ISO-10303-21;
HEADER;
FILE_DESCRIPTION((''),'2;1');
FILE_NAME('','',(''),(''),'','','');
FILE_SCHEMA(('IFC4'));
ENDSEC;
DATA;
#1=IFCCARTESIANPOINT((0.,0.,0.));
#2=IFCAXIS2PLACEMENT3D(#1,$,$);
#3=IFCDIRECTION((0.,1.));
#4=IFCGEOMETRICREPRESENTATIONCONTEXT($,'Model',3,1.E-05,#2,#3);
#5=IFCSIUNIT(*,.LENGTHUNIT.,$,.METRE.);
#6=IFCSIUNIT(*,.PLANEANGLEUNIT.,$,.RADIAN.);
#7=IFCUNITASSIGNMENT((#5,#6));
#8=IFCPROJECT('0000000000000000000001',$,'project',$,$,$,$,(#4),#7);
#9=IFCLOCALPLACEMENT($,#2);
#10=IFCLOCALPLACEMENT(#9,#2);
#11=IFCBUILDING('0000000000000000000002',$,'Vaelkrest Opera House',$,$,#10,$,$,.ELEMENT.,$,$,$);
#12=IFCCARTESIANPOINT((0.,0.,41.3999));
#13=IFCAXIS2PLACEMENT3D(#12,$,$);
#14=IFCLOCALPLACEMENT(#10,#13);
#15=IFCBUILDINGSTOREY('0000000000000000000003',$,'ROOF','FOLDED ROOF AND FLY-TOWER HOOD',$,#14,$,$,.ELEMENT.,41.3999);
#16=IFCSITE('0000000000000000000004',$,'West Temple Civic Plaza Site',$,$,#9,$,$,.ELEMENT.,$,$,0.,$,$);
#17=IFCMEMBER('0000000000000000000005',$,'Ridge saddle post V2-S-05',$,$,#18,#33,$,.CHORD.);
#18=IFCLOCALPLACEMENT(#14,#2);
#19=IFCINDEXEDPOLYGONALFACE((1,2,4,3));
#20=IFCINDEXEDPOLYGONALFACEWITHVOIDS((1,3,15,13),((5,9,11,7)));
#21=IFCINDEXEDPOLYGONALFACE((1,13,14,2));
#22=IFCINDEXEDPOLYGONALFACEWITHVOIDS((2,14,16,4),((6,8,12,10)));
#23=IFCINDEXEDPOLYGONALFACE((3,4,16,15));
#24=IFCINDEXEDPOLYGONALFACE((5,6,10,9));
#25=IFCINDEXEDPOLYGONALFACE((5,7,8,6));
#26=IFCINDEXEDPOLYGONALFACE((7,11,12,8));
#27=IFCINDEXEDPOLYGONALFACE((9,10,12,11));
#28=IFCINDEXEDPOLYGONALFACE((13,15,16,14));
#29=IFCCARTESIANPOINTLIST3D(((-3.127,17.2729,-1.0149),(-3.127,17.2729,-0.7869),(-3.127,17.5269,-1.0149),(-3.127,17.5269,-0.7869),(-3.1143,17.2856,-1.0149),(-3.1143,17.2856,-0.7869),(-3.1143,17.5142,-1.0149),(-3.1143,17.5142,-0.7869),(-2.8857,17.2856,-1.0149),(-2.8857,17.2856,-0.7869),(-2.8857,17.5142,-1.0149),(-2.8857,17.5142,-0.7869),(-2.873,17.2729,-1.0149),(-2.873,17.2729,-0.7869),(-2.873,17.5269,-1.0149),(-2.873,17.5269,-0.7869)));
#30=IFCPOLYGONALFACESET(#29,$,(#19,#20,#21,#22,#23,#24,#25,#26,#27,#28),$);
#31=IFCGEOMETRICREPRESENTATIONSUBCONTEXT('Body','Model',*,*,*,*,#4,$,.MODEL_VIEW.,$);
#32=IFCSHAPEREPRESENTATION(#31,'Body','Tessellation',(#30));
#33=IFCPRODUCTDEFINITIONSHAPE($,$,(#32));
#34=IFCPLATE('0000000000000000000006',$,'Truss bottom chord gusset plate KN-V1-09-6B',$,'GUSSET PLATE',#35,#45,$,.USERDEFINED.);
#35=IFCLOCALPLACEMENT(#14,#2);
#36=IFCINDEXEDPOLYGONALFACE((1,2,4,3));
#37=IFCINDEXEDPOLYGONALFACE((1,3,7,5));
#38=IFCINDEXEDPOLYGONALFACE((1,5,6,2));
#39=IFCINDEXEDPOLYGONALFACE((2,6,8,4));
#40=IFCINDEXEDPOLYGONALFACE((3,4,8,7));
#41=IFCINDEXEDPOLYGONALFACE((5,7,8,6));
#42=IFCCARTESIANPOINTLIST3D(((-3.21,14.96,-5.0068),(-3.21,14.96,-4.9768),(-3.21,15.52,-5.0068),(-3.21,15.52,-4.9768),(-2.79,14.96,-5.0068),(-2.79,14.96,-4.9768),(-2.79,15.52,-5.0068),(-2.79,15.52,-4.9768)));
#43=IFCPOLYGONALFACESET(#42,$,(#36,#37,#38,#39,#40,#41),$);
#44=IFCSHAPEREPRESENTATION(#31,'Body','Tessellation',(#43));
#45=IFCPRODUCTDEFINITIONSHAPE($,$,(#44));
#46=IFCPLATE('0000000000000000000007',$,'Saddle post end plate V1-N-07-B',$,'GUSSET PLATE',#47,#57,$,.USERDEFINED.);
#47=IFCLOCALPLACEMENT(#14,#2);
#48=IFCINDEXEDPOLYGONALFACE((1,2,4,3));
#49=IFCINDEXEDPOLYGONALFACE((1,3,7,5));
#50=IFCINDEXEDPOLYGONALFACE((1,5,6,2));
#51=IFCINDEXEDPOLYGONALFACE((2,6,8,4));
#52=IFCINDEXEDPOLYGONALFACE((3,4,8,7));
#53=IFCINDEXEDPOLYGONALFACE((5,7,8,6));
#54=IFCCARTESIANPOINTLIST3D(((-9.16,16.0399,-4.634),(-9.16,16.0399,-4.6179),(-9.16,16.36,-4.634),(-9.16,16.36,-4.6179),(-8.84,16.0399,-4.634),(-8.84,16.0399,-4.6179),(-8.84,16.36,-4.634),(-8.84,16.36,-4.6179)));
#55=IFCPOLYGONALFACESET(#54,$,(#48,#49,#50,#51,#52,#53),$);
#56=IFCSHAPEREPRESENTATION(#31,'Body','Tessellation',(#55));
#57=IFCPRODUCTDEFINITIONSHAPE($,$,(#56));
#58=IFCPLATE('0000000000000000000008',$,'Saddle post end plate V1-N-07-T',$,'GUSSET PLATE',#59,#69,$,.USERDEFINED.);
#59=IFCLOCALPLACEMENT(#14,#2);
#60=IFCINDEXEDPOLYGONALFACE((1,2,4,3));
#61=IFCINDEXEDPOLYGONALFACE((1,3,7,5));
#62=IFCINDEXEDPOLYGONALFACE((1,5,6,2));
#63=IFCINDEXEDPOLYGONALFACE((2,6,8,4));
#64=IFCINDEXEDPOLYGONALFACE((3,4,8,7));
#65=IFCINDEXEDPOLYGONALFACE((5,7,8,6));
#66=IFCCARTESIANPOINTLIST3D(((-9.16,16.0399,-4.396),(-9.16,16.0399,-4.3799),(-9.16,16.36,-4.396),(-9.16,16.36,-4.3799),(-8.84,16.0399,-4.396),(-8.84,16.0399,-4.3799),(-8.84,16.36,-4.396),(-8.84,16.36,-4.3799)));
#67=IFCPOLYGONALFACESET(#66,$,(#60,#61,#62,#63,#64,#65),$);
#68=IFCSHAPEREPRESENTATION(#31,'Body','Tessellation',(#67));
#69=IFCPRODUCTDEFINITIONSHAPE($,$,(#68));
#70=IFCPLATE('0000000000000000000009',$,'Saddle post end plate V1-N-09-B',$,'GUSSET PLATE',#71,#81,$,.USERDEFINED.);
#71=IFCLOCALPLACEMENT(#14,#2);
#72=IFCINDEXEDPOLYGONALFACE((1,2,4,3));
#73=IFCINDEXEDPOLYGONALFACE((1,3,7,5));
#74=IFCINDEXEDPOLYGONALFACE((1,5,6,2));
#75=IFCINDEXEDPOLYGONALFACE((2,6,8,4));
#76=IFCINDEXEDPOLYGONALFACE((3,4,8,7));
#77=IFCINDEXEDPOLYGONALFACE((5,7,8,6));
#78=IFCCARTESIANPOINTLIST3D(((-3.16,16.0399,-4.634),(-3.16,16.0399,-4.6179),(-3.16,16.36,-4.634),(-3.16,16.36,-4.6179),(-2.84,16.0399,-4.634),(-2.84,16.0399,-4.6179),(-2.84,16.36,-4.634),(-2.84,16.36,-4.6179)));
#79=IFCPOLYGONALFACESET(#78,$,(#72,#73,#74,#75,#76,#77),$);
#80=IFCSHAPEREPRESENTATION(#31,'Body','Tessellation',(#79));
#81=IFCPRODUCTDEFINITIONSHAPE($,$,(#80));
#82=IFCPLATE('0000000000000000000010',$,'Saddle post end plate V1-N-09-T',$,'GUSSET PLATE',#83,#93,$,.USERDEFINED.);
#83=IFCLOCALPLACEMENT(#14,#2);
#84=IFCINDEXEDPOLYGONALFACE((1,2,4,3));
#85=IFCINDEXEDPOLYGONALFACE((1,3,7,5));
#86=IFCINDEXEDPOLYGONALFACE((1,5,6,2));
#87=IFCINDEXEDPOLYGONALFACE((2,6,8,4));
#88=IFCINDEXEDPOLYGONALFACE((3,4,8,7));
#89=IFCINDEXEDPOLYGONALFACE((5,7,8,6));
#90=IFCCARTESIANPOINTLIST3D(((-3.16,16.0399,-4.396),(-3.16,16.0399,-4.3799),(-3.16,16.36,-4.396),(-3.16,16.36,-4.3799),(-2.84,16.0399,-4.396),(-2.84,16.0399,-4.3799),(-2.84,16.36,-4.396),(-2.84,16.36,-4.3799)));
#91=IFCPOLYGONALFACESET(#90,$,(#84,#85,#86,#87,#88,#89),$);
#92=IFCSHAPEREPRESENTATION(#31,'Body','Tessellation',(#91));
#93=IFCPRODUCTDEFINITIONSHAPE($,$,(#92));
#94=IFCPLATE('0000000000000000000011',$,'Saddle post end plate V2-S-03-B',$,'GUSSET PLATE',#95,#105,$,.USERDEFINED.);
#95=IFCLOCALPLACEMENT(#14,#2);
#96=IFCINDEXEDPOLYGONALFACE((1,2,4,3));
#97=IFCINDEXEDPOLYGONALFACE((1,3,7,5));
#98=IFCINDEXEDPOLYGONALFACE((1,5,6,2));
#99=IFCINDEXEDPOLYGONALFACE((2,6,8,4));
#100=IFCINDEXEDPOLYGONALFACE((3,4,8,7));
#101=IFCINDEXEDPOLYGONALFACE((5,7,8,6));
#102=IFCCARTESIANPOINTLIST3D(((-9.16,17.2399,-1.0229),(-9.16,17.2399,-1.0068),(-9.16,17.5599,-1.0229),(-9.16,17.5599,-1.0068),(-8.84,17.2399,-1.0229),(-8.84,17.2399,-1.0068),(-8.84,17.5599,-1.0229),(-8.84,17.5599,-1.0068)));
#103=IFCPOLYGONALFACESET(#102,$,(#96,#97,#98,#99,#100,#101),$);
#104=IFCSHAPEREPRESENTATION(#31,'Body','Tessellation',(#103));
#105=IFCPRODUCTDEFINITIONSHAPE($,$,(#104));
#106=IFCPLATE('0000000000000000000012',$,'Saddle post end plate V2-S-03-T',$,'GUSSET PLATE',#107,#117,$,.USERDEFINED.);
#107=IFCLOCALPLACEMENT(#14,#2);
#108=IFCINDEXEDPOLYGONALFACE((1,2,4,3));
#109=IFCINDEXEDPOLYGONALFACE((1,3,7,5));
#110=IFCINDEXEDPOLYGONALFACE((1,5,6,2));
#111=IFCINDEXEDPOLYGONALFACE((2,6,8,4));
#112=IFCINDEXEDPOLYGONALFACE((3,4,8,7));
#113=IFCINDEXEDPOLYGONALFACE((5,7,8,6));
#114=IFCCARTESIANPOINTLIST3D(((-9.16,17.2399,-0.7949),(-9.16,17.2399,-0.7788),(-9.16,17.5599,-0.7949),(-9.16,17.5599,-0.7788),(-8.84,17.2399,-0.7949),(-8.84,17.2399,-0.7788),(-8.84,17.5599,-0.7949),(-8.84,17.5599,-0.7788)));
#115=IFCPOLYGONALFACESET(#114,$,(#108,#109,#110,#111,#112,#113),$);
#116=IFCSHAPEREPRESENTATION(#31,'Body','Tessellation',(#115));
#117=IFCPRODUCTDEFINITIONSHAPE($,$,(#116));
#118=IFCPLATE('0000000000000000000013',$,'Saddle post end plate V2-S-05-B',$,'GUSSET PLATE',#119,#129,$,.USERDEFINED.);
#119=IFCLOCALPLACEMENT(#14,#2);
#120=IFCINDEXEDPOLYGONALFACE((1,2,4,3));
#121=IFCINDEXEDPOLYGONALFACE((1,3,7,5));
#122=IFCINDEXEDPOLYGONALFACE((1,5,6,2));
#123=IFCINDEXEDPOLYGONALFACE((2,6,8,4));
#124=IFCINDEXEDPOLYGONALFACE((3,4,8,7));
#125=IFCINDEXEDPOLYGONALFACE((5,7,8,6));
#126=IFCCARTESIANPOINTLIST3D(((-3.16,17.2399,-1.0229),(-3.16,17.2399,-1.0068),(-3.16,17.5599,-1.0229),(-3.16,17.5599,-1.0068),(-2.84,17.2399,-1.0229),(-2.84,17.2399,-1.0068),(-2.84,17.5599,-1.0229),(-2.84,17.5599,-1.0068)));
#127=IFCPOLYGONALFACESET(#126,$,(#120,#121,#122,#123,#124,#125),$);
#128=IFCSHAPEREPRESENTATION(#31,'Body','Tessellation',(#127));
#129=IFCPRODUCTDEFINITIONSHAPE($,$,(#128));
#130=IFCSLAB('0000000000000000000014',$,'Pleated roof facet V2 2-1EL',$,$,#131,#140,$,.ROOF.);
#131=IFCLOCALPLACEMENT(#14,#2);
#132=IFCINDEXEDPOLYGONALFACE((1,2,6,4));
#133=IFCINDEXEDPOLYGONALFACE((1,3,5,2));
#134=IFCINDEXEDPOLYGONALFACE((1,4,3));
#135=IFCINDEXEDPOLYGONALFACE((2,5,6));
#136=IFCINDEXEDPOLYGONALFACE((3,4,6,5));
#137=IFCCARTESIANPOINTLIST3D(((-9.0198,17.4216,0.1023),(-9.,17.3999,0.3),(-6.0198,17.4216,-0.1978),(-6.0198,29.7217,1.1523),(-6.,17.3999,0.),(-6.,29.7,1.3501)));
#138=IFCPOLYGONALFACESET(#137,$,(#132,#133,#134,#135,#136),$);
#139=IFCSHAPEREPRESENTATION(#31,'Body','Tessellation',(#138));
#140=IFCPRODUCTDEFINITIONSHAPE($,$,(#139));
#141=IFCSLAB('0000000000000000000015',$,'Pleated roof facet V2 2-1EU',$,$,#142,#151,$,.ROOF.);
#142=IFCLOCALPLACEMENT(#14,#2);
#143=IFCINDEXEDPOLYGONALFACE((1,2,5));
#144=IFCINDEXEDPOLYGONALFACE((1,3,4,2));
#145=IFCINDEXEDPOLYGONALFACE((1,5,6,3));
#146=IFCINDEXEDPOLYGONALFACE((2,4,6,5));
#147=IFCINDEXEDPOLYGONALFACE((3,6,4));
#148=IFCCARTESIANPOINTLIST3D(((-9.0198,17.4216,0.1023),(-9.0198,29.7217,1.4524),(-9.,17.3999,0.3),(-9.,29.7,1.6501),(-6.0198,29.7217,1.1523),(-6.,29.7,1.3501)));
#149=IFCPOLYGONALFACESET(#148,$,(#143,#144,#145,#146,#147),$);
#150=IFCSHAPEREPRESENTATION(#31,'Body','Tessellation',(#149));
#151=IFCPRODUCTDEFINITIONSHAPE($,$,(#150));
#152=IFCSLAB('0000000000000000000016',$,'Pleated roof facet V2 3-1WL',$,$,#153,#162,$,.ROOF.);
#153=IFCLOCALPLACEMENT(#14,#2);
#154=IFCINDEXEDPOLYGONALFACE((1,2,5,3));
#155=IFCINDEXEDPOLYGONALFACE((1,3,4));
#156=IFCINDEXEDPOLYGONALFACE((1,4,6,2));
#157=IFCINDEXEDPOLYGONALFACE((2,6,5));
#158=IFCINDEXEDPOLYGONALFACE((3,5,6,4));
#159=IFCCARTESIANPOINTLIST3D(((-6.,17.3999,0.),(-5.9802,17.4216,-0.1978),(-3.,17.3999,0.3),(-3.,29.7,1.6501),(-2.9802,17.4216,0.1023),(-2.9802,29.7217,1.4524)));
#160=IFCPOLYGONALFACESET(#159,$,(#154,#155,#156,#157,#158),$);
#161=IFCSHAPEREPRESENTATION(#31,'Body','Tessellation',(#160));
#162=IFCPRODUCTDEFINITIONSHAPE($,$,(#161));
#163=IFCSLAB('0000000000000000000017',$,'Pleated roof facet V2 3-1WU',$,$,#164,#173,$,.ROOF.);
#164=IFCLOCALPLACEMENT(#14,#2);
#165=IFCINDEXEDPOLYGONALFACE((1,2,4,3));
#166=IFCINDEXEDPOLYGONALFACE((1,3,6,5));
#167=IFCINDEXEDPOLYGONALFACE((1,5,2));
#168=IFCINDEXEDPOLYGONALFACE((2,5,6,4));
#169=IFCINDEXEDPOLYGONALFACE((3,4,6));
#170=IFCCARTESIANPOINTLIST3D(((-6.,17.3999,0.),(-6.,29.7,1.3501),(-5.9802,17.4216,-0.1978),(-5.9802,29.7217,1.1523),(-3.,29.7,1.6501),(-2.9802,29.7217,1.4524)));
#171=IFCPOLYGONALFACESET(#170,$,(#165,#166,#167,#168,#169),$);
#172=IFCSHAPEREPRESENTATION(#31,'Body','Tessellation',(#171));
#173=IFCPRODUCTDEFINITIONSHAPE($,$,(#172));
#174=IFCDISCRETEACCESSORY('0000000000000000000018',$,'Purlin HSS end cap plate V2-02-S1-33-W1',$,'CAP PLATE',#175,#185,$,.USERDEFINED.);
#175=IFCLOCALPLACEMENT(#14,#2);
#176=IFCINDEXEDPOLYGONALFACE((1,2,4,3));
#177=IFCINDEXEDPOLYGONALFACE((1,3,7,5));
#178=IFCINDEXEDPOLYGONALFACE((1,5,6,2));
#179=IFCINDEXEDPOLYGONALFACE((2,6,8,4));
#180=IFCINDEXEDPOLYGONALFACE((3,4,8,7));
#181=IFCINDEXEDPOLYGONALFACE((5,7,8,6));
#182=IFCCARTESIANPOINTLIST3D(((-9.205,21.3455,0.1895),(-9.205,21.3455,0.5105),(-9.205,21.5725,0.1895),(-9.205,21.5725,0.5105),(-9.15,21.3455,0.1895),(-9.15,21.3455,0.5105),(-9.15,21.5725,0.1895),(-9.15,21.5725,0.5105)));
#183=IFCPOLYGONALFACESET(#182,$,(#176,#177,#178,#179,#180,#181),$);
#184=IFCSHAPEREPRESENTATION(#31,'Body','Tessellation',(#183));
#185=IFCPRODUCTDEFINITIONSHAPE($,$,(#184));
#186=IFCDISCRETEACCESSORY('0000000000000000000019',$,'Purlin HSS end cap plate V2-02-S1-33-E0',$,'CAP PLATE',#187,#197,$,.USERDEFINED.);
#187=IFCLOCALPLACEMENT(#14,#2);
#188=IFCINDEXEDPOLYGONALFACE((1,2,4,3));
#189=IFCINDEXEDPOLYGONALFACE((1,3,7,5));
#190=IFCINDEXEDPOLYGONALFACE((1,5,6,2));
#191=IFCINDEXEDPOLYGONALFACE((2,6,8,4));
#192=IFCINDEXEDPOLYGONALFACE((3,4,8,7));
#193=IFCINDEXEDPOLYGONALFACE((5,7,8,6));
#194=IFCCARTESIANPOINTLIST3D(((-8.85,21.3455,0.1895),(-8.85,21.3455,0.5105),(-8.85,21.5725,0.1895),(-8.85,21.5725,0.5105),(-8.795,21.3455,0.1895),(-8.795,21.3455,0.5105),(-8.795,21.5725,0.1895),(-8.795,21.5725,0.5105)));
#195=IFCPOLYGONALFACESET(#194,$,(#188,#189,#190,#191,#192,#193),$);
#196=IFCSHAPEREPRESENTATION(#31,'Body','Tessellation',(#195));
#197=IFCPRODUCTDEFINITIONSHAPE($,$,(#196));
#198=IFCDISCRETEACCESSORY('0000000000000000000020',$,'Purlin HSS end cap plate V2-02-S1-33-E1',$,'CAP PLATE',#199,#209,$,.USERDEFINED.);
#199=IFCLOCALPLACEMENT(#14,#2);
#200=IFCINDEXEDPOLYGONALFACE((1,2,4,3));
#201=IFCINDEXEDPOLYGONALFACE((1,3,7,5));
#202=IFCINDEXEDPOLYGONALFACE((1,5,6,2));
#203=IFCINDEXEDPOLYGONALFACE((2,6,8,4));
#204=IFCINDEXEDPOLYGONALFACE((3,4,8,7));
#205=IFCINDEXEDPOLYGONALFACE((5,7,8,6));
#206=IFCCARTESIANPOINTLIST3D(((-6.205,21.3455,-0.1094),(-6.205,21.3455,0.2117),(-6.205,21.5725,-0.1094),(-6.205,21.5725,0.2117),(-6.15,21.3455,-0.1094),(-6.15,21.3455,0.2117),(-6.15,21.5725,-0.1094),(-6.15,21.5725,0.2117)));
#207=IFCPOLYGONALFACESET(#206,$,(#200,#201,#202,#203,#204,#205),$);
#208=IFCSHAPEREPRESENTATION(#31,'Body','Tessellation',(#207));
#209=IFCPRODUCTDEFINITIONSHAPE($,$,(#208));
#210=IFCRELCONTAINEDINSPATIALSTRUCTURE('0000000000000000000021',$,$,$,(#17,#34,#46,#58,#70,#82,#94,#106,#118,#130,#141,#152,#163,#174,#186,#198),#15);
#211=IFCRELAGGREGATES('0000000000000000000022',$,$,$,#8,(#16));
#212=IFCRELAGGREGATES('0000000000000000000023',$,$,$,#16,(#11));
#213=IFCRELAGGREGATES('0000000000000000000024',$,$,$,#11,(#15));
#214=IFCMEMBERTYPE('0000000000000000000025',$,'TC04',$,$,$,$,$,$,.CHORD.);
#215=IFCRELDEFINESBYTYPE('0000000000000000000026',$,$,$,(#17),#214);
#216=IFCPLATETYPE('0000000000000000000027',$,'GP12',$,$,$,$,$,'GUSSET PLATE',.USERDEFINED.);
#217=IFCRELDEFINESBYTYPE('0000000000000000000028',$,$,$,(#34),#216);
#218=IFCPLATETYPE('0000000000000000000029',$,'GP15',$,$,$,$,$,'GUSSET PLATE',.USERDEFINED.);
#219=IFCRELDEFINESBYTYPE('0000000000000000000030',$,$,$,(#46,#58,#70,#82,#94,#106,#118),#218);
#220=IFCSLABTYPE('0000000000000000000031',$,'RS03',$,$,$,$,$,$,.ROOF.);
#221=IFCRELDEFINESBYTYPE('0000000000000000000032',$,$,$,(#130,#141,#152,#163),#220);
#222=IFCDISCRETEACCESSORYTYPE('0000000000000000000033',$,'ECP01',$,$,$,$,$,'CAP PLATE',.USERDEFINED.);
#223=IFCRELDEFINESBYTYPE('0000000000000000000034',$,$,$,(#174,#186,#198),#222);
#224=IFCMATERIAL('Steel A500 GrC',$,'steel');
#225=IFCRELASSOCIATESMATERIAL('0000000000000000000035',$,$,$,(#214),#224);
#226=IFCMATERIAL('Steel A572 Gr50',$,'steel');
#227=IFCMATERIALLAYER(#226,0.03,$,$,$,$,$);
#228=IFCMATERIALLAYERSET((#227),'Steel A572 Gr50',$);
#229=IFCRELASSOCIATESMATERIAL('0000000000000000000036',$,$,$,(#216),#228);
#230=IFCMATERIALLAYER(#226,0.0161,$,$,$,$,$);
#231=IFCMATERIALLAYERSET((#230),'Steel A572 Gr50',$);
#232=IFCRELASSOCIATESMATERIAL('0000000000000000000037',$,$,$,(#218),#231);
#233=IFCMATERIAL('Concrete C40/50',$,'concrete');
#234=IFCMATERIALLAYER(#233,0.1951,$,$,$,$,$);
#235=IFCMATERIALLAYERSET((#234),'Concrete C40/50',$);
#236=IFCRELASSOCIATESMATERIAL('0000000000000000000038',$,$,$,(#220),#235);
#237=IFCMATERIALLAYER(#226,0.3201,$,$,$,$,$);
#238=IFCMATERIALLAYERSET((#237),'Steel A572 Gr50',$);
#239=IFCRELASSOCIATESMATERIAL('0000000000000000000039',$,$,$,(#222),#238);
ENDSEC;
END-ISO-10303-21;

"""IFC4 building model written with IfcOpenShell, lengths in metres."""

from ifc_helpers import new_model, si_unit, direction, frame, origin, origin_2d, place, context, subcontext, project, spatial, polyline, rectangle, hollow_rectangle, outline, extrude, material, layer, layer_set, material_profile, profile_set, type_object, element, save


model = new_model("IFC4")

# Units and contexts
model_context = context("Model", 3, precision=1e-05, world=origin(), true_north=direction((0.0, 1.0)))
body_context = subcontext(model_context, "Body", "Model", "MODEL_VIEW")
ifc_project = project(units=[si_unit("LENGTHUNIT", "METRE"), si_unit("PLANEANGLEUNIT", "RADIAN")], contexts=[model_context])

# Site, building, storey
site_placement = place(None, origin())
site = spatial("IfcSite", under=ifc_project, at=site_placement, Name="West Temple Civic Plaza Site", CompositionType="ELEMENT", RefElevation=0.0)
building_placement = place(site_placement, origin())
building = spatial("IfcBuilding", under=site, at=building_placement, Name="Vaelkrest Opera House", CompositionType="ELEMENT")
storey_placement = place(building_placement, frame((0.0, 0.0, 41.3999)))
storey = spatial("IfcBuildingStorey", under=building, at=storey_placement, Name="ROOF", Description="FOLDED ROOF AND FLY-TOWER HOOD", CompositionType="ELEMENT", Elevation=41.3999)

# Member
ifc_material_1 = material(Name="Steel A500 GrC", Category="steel")
ifc_material_profile_1 = material_profile(ifc_material_1, hollow_rectangle(XDim=0.2539, YDim=0.2539, WallThickness=0.0127, at=origin_2d()), Name="HSS254X254X12.7")
ifc_profile_set_1 = profile_set([ifc_material_profile_1], Name="Steel A500 GrC")
member_type_1 = type_object("IfcMemberType", Name="TC04", PredefinedType="CHORD", material=ifc_profile_set_1)
member_1_placement = place(storey_placement, frame((-3.0, 17.3999, -1.0149), z_axis=(0.0, 0.0, 1.0), x_axis=(1.0, 0.0, 0.0)))
element("IfcMember", 1, at=member_1_placement, inside=storey, type_object=member_type_1, Name="Ridge saddle post V2-S-05", PredefinedType="CHORD", context=body_context, shape_type="SweptSolid", body=[
    extrude(hollow_rectangle(XDim=0.2539, YDim=0.2539, WallThickness=0.0127, at=origin_2d()), origin(), (0.0, 0.0, 1.0), 0.228),
])

# Plates
ifc_material_2 = material(Name="Steel A572 Gr50", Category="steel")
ifc_layer_1 = layer(ifc_material_2, 0.03)
ifc_layer_set_1 = layer_set([ifc_layer_1], Name="Steel A572 Gr50")
plate_type_1 = type_object("IfcPlateType", Name="GP12", ElementType="GUSSET PLATE", PredefinedType="USERDEFINED", material=ifc_layer_set_1)
plate_placement = place(storey_placement, frame((-3.0, 15.24, -5.0068), z_axis=(0.0, 0.0, 1.0), x_axis=(0.0, 1.0, 0.0)))
element("IfcPlate", 2, at=plate_placement, inside=storey, type_object=plate_type_1, Name="Truss bottom chord gusset plate KN-V1-09-6B", ObjectType="GUSSET PLATE", PredefinedType="USERDEFINED", context=body_context, shape_type="SweptSolid", body=[
    extrude(rectangle(XDim=0.5601, YDim=0.4199, at=origin_2d()), origin(), (0.0, 0.0, 1.0), 0.03),
])
ifc_layer_2 = layer(ifc_material_2, 0.0161)
ifc_layer_set_2 = layer_set([ifc_layer_2], Name="Steel A572 Gr50")
plate_type_2 = type_object("IfcPlateType", Name="GP15", ElementType="GUSSET PLATE", PredefinedType="USERDEFINED", material=ifc_layer_set_2)
for number, where, z_axis, x_axis, name in (
    (3, (-9.0, 16.2, -4.634), (0.0, 0.0, 1.0), (1.0, 0.0, 0.0), "Saddle post end plate V1-N-07-B"),
    (4, (-9.0, 16.2, -4.396), (0.0, 0.0, 1.0), (1.0, 0.0, 0.0), "Saddle post end plate V1-N-07-T"),
    (5, (-3.0, 16.2, -4.634), (0.0, 0.0, 1.0), (1.0, 0.0, 0.0), "Saddle post end plate V1-N-09-B"),
    (6, (-3.0, 16.2, -4.396), (0.0, 0.0, 1.0), (1.0, 0.0, 0.0), "Saddle post end plate V1-N-09-T"),
    (7, (-9.0, 17.3999, -1.0229), (0.0, 0.0, 1.0), (1.0, 0.0, 0.0), "Saddle post end plate V2-S-03-B"),
    (8, (-9.0, 17.3999, -0.7949), (0.0, 0.0, 1.0), (1.0, 0.0, 0.0), "Saddle post end plate V2-S-03-T"),
    (9, (-3.0, 17.3999, -1.0229), (0.0, 0.0, 1.0), (1.0, 0.0, 0.0), "Saddle post end plate V2-S-05-B"),
):
    element("IfcPlate", number, at=place(storey_placement, frame(where, z_axis=z_axis, x_axis=x_axis)), inside=storey, type_object=plate_type_2, Name=name, ObjectType="GUSSET PLATE", PredefinedType="USERDEFINED", context=body_context, shape_type="SweptSolid", body=[
        extrude(rectangle(XDim=0.3201, YDim=0.3201, at=origin_2d()), origin(), (0.0, 0.0, 1.0), 0.0161),
    ])

# Slabs
ifc_material_3 = material(Name="Concrete C40/50", Category="concrete")
ifc_layer_3 = layer(ifc_material_3, 0.1951)
ifc_layer_set_3 = layer_set([ifc_layer_3], Name="Concrete C40/50")
slab_type = type_object("IfcSlabType", Name="RS03", PredefinedType="ROOF", material=ifc_layer_set_3)
slab_1_placement = place(storey_placement, frame((-9.0, 17.3999, 0.3), z_axis=(0.098931, -0.108573, 0.989153), x_axis=(0.995036, 0.0, -0.09952)))
element("IfcSlab", 10, at=slab_1_placement, inside=storey, type_object=slab_type, Name="Pleated roof facet V2 2-1EL", PredefinedType="ROOF", context=body_context, shape_type="SweptSolid", body=[
    extrude(outline(polyline([(0.0, 0.0), (3.015, 0.0), (2.8806, 12.3732), (0.0, 0.0)])), origin(), (0.0, 0.0, -1.0), 0.2),
])
slab_2_placement = place(storey_placement, frame((-9.0, 17.3999, 0.3), z_axis=(0.098931, -0.108573, 0.989153), x_axis=(0.236144, 0.968196, 0.082654)))
element("IfcSlab", 11, at=slab_2_placement, inside=storey, type_object=slab_type, Name="Pleated roof facet V2 2-1EU", PredefinedType="ROOF", context=body_context, shape_type="SweptSolid", body=[
    extrude(outline(polyline([(0.0, 0.0), (12.7041, 0.0), (12.0205, 2.9364), (0.0, 0.0)])), origin(), (0.0, 0.0, -1.0), 0.2),
])
slab_3_placement = place(storey_placement, frame((-6.0, 17.3999, 0.0), z_axis=(-0.098931, -0.108573, 0.989153), x_axis=(0.995036, 0.0, 0.09952)))
element("IfcSlab", 12, at=slab_3_placement, inside=storey, type_object=slab_type, Name="Pleated roof facet V2 3-1WL", PredefinedType="ROOF", context=body_context, shape_type="SweptSolid", body=[
    extrude(outline(polyline([(0.0, 0.0), (3.015, 0.0), (3.1493, 12.3732), (0.0, 0.0)])), origin(), (0.0, 0.0, -1.0), 0.2),
])
slab_4_placement = place(storey_placement, frame((-6.0, 17.3999, 0.0), z_axis=(-0.098931, -0.108573, 0.989153), x_axis=(0.234968, 0.963372, 0.129244)))
element("IfcSlab", 13, at=slab_4_placement, inside=storey, type_object=slab_type, Name="Pleated roof facet V2 3-1WU", PredefinedType="ROOF", context=body_context, shape_type="SweptSolid", body=[
    extrude(outline(polyline([(0.0, 0.0), (12.7677, 0.0), (12.024, 2.9218), (0.0, 0.0)])), origin(), (0.0, 0.0, -1.0), 0.2),
])

# Discrete accessories
ifc_layer_4 = layer(ifc_material_2, 0.3201)
ifc_layer_set_4 = layer_set([ifc_layer_4], Name="Steel A572 Gr50")
discrete_accessory_type = type_object("IfcDiscreteAccessoryType", Name="ECP01", ElementType="CAP PLATE", PredefinedType="USERDEFINED", material=ifc_layer_set_4)
for number, where, z_axis, x_axis, name in (
    (14, (-9.1775, 21.459, 0.1895), (0.0, 0.0, 1.0), (1.0, 0.0, 0.0), "Purlin HSS end cap plate V2-02-S1-33-W1"),
    (15, (-8.8225, 21.459, 0.1895), (0.0, 0.0, 1.0), (1.0, 0.0, 0.0), "Purlin HSS end cap plate V2-02-S1-33-E0"),
    (16, (-6.1775, 21.459, -0.1094), (0.0, 0.0, 1.0), (1.0, 0.0, 0.0), "Purlin HSS end cap plate V2-02-S1-33-E1"),
):
    element("IfcDiscreteAccessory", number, at=place(storey_placement, frame(where, z_axis=z_axis, x_axis=x_axis)), inside=storey, type_object=discrete_accessory_type, Name=name, ObjectType="CAP PLATE", PredefinedType="USERDEFINED", context=body_context, shape_type="SweptSolid", body=[
        extrude(rectangle(XDim=0.0549, YDim=0.2271, at=origin_2d()), origin(), (0.0, 0.0, 1.0), 0.321),
    ])

save(model, "model.ifc")
